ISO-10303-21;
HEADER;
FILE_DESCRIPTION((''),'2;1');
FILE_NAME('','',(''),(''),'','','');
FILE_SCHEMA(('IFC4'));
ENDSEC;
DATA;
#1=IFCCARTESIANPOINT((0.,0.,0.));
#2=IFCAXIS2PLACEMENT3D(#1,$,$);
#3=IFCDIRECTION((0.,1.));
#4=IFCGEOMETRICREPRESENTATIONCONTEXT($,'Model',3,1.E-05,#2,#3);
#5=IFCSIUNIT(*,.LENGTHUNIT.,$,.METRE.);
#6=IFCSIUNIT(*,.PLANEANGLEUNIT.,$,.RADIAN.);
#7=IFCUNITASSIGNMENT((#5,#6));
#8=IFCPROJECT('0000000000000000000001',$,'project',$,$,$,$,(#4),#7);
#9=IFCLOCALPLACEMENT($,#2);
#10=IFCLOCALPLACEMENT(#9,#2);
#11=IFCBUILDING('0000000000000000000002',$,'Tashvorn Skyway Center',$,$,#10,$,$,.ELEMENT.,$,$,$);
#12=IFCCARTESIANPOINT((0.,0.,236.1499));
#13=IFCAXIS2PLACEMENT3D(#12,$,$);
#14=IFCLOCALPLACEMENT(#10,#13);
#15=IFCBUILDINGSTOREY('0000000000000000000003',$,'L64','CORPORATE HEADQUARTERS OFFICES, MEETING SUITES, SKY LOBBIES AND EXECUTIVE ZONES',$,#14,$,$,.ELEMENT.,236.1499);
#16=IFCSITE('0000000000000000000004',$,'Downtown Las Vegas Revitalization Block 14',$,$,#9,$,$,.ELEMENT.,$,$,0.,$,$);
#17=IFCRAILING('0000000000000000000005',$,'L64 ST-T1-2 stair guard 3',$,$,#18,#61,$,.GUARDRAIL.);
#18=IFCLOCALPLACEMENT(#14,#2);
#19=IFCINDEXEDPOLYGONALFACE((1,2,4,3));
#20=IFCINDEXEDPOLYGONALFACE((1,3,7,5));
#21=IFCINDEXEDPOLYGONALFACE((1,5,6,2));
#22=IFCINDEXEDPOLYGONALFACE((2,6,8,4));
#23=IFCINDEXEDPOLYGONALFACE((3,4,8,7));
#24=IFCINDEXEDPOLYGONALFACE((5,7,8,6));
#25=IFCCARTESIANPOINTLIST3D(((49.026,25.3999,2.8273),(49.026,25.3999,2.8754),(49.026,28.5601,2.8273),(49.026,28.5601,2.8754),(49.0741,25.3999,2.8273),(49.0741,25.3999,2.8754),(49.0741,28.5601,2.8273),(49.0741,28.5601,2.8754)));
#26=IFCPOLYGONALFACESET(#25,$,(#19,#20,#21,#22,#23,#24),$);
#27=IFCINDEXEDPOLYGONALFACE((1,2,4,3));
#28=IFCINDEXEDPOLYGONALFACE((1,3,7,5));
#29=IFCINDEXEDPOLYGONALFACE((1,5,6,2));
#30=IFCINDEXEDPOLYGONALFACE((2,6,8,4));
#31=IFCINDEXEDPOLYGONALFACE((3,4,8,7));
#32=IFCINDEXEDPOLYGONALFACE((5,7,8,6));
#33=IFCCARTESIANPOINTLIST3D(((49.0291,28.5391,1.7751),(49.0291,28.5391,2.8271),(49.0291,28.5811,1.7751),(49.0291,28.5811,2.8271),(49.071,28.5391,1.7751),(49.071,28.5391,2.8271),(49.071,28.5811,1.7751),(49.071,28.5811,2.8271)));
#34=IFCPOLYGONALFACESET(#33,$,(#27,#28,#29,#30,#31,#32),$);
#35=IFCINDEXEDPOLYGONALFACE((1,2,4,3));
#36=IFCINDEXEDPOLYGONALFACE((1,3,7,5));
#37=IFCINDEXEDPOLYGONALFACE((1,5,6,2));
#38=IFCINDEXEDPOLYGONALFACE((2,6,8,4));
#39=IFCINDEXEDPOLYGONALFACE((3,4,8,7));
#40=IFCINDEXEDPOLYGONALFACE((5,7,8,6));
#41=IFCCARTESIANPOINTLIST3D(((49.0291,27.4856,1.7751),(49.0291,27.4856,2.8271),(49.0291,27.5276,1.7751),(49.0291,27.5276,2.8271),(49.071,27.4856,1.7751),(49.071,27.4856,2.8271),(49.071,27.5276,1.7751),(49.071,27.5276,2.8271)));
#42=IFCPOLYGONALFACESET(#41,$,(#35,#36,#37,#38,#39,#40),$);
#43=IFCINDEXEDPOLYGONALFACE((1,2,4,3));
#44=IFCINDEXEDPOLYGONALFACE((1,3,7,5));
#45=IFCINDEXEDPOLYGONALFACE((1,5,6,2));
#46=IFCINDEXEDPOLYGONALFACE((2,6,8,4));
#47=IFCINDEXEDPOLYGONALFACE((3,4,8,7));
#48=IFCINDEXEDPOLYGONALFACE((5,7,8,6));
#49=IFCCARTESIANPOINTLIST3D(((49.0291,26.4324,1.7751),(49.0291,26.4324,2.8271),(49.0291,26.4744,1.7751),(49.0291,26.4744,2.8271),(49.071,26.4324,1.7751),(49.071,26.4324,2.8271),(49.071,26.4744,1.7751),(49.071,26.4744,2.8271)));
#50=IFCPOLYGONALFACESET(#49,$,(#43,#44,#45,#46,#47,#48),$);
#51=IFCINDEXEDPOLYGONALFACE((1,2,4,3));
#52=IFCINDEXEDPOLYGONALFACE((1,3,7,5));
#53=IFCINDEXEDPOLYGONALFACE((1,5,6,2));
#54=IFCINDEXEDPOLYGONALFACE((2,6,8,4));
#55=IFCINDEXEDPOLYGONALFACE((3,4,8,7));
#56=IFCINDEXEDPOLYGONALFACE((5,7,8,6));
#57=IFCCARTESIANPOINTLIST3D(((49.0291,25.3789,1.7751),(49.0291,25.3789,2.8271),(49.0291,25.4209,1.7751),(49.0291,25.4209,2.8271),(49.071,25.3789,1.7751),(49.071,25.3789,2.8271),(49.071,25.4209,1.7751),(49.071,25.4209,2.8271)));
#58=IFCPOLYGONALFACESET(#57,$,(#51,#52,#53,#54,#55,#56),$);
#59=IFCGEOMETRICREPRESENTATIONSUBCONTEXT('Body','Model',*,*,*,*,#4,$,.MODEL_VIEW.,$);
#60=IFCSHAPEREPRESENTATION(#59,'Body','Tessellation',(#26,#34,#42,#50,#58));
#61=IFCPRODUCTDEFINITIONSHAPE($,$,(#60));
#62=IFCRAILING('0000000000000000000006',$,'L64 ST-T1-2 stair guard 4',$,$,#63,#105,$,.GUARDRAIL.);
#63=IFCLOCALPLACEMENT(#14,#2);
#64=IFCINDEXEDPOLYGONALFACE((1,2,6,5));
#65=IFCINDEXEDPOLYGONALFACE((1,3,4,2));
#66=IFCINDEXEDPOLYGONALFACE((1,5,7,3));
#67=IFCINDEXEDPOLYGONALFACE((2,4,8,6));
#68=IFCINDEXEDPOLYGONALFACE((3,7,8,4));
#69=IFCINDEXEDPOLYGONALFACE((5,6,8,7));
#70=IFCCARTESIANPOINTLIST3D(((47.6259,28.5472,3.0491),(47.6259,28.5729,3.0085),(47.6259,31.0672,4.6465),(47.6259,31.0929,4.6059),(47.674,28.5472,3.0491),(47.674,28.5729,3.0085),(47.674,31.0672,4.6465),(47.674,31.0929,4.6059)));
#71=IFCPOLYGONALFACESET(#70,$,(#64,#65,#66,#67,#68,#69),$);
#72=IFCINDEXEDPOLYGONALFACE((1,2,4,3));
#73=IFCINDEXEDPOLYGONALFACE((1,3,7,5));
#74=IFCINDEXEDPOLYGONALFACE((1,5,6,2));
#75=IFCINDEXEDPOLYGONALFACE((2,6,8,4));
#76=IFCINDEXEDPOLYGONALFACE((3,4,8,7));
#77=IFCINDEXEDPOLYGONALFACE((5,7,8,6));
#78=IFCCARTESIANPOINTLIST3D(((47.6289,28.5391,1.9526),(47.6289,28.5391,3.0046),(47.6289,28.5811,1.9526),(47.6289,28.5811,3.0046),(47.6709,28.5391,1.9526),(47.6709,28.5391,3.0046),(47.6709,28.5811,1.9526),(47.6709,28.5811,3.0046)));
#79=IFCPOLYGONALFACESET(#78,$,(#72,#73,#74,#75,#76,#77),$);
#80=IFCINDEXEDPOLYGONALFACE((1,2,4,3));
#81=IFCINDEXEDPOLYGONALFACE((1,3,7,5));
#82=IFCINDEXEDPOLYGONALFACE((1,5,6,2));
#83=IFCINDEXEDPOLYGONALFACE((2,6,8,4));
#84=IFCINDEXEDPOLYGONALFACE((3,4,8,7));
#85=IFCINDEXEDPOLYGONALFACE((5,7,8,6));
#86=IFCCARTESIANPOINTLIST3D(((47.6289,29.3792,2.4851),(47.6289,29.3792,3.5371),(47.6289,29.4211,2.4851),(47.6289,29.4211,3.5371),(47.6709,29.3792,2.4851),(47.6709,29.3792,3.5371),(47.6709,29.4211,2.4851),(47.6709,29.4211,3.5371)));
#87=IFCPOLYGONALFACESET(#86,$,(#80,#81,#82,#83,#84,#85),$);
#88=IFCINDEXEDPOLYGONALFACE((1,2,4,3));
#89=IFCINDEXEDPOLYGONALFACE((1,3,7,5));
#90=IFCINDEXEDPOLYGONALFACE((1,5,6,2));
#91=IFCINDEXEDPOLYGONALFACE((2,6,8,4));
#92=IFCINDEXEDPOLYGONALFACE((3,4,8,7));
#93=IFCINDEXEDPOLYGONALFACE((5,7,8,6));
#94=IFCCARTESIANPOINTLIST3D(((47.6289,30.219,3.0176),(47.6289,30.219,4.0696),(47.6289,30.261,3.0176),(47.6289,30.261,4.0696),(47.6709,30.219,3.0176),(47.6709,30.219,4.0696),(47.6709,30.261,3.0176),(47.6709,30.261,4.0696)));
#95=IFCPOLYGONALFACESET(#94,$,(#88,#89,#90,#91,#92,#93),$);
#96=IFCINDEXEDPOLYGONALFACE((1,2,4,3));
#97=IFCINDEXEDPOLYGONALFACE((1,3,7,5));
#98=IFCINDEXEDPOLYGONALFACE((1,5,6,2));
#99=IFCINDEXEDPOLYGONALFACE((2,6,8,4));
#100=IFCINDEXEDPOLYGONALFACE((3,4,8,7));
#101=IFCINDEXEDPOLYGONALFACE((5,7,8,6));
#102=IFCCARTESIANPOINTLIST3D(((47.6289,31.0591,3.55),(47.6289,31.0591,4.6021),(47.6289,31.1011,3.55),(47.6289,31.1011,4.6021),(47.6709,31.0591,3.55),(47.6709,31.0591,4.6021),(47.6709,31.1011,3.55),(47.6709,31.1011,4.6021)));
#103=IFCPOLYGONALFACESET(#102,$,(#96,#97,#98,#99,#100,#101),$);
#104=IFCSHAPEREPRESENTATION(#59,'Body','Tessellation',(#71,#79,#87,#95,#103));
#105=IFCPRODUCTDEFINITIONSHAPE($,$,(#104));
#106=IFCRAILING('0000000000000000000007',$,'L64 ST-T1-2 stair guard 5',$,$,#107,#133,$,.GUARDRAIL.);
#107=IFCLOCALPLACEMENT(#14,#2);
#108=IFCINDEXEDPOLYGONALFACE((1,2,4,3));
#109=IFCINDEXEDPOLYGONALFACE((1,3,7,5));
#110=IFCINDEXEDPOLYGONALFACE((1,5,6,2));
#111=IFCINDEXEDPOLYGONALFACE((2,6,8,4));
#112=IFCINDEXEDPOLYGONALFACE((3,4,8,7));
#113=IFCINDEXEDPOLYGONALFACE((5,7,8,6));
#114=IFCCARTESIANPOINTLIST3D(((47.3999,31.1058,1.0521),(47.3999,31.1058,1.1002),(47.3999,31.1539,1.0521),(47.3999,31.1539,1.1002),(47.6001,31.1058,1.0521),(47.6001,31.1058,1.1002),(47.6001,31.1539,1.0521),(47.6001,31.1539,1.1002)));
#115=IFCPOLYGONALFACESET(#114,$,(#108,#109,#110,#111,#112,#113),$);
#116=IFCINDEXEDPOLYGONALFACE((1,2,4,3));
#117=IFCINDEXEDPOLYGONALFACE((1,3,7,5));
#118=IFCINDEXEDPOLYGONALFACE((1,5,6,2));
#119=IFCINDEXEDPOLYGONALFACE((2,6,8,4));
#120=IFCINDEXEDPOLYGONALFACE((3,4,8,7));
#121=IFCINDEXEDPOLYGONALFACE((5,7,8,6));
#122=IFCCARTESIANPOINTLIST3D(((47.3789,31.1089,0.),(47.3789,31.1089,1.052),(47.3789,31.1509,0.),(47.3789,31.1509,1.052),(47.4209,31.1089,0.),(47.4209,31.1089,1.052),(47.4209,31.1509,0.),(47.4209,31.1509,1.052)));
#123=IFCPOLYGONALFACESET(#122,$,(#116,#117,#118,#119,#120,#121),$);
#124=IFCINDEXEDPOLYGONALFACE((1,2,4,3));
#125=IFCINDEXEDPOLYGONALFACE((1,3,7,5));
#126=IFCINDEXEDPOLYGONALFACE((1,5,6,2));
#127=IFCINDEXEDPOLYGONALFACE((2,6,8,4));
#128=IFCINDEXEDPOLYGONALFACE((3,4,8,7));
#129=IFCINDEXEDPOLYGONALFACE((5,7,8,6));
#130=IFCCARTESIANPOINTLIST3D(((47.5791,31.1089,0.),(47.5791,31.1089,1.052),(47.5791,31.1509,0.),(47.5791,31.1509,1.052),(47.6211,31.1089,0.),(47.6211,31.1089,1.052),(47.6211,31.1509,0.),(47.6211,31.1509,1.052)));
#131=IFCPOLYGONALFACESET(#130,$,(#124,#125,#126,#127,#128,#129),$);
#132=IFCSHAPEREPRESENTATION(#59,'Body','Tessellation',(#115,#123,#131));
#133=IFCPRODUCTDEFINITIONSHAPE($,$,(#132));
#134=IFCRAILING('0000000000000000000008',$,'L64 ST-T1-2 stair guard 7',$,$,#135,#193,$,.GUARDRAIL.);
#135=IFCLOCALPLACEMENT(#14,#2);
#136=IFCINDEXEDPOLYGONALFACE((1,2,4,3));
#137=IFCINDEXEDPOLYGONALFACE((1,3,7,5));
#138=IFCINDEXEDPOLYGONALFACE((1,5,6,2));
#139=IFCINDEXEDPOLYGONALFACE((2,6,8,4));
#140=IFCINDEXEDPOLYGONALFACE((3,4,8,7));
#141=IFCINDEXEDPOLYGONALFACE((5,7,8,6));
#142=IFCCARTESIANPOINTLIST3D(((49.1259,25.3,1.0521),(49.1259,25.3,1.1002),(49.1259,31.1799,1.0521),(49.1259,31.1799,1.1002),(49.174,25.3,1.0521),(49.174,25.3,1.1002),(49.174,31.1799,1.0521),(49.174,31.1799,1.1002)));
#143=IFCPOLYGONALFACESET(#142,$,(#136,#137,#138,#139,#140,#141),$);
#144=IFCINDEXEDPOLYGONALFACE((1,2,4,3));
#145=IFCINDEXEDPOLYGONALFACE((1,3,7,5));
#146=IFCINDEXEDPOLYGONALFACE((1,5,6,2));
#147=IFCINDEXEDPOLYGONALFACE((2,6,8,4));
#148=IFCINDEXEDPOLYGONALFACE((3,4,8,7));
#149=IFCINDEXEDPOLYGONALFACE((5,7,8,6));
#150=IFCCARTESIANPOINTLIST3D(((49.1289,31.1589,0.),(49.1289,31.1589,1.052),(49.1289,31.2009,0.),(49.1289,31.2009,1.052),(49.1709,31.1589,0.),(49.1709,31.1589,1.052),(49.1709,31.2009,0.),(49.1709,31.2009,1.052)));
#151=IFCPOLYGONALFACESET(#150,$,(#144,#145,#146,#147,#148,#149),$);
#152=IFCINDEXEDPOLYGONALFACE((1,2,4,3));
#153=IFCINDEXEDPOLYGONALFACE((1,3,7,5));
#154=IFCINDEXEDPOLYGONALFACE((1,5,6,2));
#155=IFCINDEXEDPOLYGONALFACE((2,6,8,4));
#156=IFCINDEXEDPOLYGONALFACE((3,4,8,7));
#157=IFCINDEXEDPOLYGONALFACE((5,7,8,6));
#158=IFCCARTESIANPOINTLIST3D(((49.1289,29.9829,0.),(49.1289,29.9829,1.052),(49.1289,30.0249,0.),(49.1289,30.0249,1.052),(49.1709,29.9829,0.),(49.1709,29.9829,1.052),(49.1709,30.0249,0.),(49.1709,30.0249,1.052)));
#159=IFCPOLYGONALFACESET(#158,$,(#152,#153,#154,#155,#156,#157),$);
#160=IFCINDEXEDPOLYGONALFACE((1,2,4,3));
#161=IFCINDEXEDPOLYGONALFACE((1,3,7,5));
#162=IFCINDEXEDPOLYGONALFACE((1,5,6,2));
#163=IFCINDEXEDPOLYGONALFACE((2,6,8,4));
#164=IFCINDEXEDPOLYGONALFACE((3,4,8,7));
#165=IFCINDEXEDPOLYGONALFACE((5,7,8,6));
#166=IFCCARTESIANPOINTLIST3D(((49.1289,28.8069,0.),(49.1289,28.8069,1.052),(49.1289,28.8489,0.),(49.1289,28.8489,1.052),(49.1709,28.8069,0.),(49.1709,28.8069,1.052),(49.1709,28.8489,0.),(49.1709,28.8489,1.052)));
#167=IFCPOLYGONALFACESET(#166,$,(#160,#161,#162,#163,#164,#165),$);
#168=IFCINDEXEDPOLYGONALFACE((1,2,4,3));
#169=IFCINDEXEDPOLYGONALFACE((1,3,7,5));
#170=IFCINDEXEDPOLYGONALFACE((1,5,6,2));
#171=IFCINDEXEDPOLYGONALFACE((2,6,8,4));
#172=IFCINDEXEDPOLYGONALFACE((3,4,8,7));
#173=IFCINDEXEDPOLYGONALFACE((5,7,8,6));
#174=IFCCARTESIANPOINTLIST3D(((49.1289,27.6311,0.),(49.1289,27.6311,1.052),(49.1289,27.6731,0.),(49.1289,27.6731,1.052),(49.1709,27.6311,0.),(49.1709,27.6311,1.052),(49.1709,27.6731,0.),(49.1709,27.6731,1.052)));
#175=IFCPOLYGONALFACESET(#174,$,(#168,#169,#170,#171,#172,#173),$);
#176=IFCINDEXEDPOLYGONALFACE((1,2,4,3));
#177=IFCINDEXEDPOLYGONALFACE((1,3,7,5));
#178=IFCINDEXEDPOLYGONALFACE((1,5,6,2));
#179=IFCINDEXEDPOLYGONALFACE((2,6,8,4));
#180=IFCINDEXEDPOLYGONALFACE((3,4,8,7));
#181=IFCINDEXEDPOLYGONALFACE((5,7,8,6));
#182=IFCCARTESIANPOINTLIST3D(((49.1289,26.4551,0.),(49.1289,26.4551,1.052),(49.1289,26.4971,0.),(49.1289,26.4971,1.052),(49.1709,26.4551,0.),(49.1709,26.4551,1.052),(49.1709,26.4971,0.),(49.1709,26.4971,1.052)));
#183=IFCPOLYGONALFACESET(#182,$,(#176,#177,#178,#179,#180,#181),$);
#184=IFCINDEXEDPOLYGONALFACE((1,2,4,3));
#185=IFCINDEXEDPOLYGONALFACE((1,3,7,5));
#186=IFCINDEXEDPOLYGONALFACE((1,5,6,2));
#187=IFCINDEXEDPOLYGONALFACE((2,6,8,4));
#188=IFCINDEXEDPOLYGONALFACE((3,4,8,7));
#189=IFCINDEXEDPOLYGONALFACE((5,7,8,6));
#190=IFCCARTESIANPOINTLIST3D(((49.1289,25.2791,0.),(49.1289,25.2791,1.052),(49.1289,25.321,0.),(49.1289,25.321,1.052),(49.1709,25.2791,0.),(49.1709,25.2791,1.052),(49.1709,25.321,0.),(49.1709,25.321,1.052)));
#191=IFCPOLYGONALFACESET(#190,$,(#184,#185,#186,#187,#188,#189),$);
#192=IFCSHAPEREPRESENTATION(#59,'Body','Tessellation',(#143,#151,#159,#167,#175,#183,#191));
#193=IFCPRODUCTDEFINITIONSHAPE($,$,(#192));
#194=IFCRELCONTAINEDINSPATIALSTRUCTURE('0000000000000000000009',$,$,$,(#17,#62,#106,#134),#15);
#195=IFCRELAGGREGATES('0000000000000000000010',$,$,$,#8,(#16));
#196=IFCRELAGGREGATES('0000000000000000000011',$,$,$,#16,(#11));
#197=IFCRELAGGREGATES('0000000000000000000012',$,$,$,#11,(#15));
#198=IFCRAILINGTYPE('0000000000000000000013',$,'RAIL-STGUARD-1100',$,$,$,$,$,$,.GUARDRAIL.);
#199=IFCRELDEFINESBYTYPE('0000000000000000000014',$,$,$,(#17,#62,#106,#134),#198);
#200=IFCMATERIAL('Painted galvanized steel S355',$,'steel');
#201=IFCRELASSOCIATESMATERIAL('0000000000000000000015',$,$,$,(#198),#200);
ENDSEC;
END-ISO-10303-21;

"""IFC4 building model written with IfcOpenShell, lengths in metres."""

from ifc_helpers import new_model, si_unit, direction, frame, origin, origin_2d, place, context, subcontext, project, spatial, rectangle, extrude, material, type_object, element, save


model = new_model("IFC4")

# Units and contexts
model_context = context("Model", 3, precision=1e-05, world=origin(), true_north=direction((0.0, 1.0)))
body_context = subcontext(model_context, "Body", "Model", "MODEL_VIEW")
ifc_project = project(units=[si_unit("LENGTHUNIT", "METRE"), si_unit("PLANEANGLEUNIT", "RADIAN")], contexts=[model_context])

# Site, building, storey
site_placement = place(None, origin())
site = spatial("IfcSite", under=ifc_project, at=site_placement, Name="Downtown Las Vegas Revitalization Block 14", CompositionType="ELEMENT", RefElevation=0.0)
building_placement = place(site_placement, origin())
building = spatial("IfcBuilding", under=site, at=building_placement, Name="Tashvorn Skyway Center", CompositionType="ELEMENT")
storey_placement = place(building_placement, frame((0.0, 0.0, 236.1499)))
storey = spatial("IfcBuildingStorey", under=building, at=storey_placement, Name="L64", Description="CORPORATE HEADQUARTERS OFFICES, MEETING SUITES, SKY LOBBIES AND EXECUTIVE ZONES", CompositionType="ELEMENT", Elevation=236.1499)

# Railings
ifc_material_1 = material(Name="Painted galvanized steel S355", Category="steel")
railing_type_1 = type_object("IfcRailingType", Name="RAIL-STGUARD-1100", PredefinedType="GUARDRAIL", material=ifc_material_1)
railing_1_placement = place(storey_placement, frame((49.05, 28.5601, 1.7751)))
element("IfcRailing", 1, at=railing_1_placement, inside=storey, type_object=railing_type_1, Name="L64 ST-T1-2 stair guard 3", PredefinedType="GUARDRAIL", context=body_context, shape_type="SweptSolid", body=[
    extrude(rectangle(XDim=0.0481, YDim=0.0481, at=origin_2d()), frame((0.0, 0.0, 1.0762), z_axis=(0.0, -1.0, 0.0), x_axis=(1.0, 0.0, 0.0)), (0.0, 0.0, 1.0), 3.1602),
    extrude(rectangle(XDim=0.042, YDim=0.042, at=origin_2d()), origin(), (0.0, 0.0, 1.0), 1.052),
    extrude(rectangle(XDim=0.042, YDim=0.042, at=origin_2d()), frame((0.0, -1.0535, 0.0)), (0.0, 0.0, 1.0), 1.052),
    extrude(rectangle(XDim=0.042, YDim=0.042, at=origin_2d()), frame((0.0, -2.1067, 0.0)), (0.0, 0.0, 1.0), 1.052),
    extrude(rectangle(XDim=0.042, YDim=0.042, at=origin_2d()), frame((0.0, -3.1602, 0.0)), (0.0, 0.0, 1.0), 1.052),
])
railing_2_placement = place(storey_placement, frame((47.6499, 28.5601, 1.9526)))
element("IfcRailing", 2, at=railing_2_placement, inside=storey, type_object=railing_type_1, Name="L64 ST-T1-2 stair guard 4", PredefinedType="GUARDRAIL", context=body_context, shape_type="SweptSolid", body=[
    extrude(rectangle(XDim=0.0481, YDim=0.0481, at=origin_2d()), frame((0.0, 0.0, 1.0762), z_axis=(0.0, 0.844607, 0.535387), x_axis=(-1.0, 0.0, 0.0)), (0.0, 0.0, 1.0), 2.9836),
    extrude(rectangle(XDim=0.042, YDim=0.042, at=origin_2d()), origin(), (0.0, 0.0, 1.0), 1.052),
    extrude(rectangle(XDim=0.042, YDim=0.042, at=origin_2d()), frame((0.0, 0.8401, 0.5325)), (0.0, 0.0, 1.0), 1.052),
    extrude(rectangle(XDim=0.042, YDim=0.042, at=origin_2d()), frame((0.0, 1.6799, 1.0649)), (0.0, 0.0, 1.0), 1.052),
    extrude(rectangle(XDim=0.042, YDim=0.042, at=origin_2d()), frame((0.0, 2.52, 1.5974)), (0.0, 0.0, 1.0), 1.052),
])
railing_3_placement = place(storey_placement, frame((47.3999, 31.1299, 0.0)))
element("IfcRailing", 3, at=railing_3_placement, inside=storey, type_object=railing_type_1, Name="L64 ST-T1-2 stair guard 5", PredefinedType="GUARDRAIL", context=body_context, shape_type="SweptSolid", body=[
    extrude(rectangle(XDim=0.0481, YDim=0.0481, at=origin_2d()), frame((0.0, 0.0, 1.0762), z_axis=(1.0, 0.0, 0.0), x_axis=(0.0, 1.0, 0.0)), (0.0, 0.0, 1.0), 0.2002),
    extrude(rectangle(XDim=0.042, YDim=0.042, at=origin_2d()), origin(), (0.0, 0.0, 1.0), 1.052),
    extrude(rectangle(XDim=0.042, YDim=0.042, at=origin_2d()), frame((0.2002, 0.0, 0.0)), (0.0, 0.0, 1.0), 1.052),
])
railing_4_placement = place(storey_placement, frame((49.1499, 31.1799, 0.0)))
element("IfcRailing", 4, at=railing_4_placement, inside=storey, type_object=railing_type_1, Name="L64 ST-T1-2 stair guard 7", PredefinedType="GUARDRAIL", context=body_context, shape_type="SweptSolid", body=[
    extrude(rectangle(XDim=0.0481, YDim=0.0481, at=origin_2d()), frame((0.0, 0.0, 1.0762), z_axis=(0.0, -1.0, 0.0), x_axis=(1.0, 0.0, 0.0)), (0.0, 0.0, 1.0), 5.8799),
    extrude(rectangle(XDim=0.042, YDim=0.042, at=origin_2d()), origin(), (0.0, 0.0, 1.0), 1.052),
    extrude(rectangle(XDim=0.042, YDim=0.042, at=origin_2d()), frame((0.0, -1.176, 0.0)), (0.0, 0.0, 1.0), 1.052),
    extrude(rectangle(XDim=0.042, YDim=0.042, at=origin_2d()), frame((0.0, -2.3521, 0.0)), (0.0, 0.0, 1.0), 1.052),
    extrude(rectangle(XDim=0.042, YDim=0.042, at=origin_2d()), frame((0.0, -3.5278, 0.0)), (0.0, 0.0, 1.0), 1.052),
    extrude(rectangle(XDim=0.042, YDim=0.042, at=origin_2d()), frame((0.0, -4.7039, 0.0)), (0.0, 0.0, 1.0), 1.052),
    extrude(rectangle(XDim=0.042, YDim=0.042, at=origin_2d()), frame((0.0, -5.8799, 0.0)), (0.0, 0.0, 1.0), 1.052),
])

save(model, "model.ifc")
